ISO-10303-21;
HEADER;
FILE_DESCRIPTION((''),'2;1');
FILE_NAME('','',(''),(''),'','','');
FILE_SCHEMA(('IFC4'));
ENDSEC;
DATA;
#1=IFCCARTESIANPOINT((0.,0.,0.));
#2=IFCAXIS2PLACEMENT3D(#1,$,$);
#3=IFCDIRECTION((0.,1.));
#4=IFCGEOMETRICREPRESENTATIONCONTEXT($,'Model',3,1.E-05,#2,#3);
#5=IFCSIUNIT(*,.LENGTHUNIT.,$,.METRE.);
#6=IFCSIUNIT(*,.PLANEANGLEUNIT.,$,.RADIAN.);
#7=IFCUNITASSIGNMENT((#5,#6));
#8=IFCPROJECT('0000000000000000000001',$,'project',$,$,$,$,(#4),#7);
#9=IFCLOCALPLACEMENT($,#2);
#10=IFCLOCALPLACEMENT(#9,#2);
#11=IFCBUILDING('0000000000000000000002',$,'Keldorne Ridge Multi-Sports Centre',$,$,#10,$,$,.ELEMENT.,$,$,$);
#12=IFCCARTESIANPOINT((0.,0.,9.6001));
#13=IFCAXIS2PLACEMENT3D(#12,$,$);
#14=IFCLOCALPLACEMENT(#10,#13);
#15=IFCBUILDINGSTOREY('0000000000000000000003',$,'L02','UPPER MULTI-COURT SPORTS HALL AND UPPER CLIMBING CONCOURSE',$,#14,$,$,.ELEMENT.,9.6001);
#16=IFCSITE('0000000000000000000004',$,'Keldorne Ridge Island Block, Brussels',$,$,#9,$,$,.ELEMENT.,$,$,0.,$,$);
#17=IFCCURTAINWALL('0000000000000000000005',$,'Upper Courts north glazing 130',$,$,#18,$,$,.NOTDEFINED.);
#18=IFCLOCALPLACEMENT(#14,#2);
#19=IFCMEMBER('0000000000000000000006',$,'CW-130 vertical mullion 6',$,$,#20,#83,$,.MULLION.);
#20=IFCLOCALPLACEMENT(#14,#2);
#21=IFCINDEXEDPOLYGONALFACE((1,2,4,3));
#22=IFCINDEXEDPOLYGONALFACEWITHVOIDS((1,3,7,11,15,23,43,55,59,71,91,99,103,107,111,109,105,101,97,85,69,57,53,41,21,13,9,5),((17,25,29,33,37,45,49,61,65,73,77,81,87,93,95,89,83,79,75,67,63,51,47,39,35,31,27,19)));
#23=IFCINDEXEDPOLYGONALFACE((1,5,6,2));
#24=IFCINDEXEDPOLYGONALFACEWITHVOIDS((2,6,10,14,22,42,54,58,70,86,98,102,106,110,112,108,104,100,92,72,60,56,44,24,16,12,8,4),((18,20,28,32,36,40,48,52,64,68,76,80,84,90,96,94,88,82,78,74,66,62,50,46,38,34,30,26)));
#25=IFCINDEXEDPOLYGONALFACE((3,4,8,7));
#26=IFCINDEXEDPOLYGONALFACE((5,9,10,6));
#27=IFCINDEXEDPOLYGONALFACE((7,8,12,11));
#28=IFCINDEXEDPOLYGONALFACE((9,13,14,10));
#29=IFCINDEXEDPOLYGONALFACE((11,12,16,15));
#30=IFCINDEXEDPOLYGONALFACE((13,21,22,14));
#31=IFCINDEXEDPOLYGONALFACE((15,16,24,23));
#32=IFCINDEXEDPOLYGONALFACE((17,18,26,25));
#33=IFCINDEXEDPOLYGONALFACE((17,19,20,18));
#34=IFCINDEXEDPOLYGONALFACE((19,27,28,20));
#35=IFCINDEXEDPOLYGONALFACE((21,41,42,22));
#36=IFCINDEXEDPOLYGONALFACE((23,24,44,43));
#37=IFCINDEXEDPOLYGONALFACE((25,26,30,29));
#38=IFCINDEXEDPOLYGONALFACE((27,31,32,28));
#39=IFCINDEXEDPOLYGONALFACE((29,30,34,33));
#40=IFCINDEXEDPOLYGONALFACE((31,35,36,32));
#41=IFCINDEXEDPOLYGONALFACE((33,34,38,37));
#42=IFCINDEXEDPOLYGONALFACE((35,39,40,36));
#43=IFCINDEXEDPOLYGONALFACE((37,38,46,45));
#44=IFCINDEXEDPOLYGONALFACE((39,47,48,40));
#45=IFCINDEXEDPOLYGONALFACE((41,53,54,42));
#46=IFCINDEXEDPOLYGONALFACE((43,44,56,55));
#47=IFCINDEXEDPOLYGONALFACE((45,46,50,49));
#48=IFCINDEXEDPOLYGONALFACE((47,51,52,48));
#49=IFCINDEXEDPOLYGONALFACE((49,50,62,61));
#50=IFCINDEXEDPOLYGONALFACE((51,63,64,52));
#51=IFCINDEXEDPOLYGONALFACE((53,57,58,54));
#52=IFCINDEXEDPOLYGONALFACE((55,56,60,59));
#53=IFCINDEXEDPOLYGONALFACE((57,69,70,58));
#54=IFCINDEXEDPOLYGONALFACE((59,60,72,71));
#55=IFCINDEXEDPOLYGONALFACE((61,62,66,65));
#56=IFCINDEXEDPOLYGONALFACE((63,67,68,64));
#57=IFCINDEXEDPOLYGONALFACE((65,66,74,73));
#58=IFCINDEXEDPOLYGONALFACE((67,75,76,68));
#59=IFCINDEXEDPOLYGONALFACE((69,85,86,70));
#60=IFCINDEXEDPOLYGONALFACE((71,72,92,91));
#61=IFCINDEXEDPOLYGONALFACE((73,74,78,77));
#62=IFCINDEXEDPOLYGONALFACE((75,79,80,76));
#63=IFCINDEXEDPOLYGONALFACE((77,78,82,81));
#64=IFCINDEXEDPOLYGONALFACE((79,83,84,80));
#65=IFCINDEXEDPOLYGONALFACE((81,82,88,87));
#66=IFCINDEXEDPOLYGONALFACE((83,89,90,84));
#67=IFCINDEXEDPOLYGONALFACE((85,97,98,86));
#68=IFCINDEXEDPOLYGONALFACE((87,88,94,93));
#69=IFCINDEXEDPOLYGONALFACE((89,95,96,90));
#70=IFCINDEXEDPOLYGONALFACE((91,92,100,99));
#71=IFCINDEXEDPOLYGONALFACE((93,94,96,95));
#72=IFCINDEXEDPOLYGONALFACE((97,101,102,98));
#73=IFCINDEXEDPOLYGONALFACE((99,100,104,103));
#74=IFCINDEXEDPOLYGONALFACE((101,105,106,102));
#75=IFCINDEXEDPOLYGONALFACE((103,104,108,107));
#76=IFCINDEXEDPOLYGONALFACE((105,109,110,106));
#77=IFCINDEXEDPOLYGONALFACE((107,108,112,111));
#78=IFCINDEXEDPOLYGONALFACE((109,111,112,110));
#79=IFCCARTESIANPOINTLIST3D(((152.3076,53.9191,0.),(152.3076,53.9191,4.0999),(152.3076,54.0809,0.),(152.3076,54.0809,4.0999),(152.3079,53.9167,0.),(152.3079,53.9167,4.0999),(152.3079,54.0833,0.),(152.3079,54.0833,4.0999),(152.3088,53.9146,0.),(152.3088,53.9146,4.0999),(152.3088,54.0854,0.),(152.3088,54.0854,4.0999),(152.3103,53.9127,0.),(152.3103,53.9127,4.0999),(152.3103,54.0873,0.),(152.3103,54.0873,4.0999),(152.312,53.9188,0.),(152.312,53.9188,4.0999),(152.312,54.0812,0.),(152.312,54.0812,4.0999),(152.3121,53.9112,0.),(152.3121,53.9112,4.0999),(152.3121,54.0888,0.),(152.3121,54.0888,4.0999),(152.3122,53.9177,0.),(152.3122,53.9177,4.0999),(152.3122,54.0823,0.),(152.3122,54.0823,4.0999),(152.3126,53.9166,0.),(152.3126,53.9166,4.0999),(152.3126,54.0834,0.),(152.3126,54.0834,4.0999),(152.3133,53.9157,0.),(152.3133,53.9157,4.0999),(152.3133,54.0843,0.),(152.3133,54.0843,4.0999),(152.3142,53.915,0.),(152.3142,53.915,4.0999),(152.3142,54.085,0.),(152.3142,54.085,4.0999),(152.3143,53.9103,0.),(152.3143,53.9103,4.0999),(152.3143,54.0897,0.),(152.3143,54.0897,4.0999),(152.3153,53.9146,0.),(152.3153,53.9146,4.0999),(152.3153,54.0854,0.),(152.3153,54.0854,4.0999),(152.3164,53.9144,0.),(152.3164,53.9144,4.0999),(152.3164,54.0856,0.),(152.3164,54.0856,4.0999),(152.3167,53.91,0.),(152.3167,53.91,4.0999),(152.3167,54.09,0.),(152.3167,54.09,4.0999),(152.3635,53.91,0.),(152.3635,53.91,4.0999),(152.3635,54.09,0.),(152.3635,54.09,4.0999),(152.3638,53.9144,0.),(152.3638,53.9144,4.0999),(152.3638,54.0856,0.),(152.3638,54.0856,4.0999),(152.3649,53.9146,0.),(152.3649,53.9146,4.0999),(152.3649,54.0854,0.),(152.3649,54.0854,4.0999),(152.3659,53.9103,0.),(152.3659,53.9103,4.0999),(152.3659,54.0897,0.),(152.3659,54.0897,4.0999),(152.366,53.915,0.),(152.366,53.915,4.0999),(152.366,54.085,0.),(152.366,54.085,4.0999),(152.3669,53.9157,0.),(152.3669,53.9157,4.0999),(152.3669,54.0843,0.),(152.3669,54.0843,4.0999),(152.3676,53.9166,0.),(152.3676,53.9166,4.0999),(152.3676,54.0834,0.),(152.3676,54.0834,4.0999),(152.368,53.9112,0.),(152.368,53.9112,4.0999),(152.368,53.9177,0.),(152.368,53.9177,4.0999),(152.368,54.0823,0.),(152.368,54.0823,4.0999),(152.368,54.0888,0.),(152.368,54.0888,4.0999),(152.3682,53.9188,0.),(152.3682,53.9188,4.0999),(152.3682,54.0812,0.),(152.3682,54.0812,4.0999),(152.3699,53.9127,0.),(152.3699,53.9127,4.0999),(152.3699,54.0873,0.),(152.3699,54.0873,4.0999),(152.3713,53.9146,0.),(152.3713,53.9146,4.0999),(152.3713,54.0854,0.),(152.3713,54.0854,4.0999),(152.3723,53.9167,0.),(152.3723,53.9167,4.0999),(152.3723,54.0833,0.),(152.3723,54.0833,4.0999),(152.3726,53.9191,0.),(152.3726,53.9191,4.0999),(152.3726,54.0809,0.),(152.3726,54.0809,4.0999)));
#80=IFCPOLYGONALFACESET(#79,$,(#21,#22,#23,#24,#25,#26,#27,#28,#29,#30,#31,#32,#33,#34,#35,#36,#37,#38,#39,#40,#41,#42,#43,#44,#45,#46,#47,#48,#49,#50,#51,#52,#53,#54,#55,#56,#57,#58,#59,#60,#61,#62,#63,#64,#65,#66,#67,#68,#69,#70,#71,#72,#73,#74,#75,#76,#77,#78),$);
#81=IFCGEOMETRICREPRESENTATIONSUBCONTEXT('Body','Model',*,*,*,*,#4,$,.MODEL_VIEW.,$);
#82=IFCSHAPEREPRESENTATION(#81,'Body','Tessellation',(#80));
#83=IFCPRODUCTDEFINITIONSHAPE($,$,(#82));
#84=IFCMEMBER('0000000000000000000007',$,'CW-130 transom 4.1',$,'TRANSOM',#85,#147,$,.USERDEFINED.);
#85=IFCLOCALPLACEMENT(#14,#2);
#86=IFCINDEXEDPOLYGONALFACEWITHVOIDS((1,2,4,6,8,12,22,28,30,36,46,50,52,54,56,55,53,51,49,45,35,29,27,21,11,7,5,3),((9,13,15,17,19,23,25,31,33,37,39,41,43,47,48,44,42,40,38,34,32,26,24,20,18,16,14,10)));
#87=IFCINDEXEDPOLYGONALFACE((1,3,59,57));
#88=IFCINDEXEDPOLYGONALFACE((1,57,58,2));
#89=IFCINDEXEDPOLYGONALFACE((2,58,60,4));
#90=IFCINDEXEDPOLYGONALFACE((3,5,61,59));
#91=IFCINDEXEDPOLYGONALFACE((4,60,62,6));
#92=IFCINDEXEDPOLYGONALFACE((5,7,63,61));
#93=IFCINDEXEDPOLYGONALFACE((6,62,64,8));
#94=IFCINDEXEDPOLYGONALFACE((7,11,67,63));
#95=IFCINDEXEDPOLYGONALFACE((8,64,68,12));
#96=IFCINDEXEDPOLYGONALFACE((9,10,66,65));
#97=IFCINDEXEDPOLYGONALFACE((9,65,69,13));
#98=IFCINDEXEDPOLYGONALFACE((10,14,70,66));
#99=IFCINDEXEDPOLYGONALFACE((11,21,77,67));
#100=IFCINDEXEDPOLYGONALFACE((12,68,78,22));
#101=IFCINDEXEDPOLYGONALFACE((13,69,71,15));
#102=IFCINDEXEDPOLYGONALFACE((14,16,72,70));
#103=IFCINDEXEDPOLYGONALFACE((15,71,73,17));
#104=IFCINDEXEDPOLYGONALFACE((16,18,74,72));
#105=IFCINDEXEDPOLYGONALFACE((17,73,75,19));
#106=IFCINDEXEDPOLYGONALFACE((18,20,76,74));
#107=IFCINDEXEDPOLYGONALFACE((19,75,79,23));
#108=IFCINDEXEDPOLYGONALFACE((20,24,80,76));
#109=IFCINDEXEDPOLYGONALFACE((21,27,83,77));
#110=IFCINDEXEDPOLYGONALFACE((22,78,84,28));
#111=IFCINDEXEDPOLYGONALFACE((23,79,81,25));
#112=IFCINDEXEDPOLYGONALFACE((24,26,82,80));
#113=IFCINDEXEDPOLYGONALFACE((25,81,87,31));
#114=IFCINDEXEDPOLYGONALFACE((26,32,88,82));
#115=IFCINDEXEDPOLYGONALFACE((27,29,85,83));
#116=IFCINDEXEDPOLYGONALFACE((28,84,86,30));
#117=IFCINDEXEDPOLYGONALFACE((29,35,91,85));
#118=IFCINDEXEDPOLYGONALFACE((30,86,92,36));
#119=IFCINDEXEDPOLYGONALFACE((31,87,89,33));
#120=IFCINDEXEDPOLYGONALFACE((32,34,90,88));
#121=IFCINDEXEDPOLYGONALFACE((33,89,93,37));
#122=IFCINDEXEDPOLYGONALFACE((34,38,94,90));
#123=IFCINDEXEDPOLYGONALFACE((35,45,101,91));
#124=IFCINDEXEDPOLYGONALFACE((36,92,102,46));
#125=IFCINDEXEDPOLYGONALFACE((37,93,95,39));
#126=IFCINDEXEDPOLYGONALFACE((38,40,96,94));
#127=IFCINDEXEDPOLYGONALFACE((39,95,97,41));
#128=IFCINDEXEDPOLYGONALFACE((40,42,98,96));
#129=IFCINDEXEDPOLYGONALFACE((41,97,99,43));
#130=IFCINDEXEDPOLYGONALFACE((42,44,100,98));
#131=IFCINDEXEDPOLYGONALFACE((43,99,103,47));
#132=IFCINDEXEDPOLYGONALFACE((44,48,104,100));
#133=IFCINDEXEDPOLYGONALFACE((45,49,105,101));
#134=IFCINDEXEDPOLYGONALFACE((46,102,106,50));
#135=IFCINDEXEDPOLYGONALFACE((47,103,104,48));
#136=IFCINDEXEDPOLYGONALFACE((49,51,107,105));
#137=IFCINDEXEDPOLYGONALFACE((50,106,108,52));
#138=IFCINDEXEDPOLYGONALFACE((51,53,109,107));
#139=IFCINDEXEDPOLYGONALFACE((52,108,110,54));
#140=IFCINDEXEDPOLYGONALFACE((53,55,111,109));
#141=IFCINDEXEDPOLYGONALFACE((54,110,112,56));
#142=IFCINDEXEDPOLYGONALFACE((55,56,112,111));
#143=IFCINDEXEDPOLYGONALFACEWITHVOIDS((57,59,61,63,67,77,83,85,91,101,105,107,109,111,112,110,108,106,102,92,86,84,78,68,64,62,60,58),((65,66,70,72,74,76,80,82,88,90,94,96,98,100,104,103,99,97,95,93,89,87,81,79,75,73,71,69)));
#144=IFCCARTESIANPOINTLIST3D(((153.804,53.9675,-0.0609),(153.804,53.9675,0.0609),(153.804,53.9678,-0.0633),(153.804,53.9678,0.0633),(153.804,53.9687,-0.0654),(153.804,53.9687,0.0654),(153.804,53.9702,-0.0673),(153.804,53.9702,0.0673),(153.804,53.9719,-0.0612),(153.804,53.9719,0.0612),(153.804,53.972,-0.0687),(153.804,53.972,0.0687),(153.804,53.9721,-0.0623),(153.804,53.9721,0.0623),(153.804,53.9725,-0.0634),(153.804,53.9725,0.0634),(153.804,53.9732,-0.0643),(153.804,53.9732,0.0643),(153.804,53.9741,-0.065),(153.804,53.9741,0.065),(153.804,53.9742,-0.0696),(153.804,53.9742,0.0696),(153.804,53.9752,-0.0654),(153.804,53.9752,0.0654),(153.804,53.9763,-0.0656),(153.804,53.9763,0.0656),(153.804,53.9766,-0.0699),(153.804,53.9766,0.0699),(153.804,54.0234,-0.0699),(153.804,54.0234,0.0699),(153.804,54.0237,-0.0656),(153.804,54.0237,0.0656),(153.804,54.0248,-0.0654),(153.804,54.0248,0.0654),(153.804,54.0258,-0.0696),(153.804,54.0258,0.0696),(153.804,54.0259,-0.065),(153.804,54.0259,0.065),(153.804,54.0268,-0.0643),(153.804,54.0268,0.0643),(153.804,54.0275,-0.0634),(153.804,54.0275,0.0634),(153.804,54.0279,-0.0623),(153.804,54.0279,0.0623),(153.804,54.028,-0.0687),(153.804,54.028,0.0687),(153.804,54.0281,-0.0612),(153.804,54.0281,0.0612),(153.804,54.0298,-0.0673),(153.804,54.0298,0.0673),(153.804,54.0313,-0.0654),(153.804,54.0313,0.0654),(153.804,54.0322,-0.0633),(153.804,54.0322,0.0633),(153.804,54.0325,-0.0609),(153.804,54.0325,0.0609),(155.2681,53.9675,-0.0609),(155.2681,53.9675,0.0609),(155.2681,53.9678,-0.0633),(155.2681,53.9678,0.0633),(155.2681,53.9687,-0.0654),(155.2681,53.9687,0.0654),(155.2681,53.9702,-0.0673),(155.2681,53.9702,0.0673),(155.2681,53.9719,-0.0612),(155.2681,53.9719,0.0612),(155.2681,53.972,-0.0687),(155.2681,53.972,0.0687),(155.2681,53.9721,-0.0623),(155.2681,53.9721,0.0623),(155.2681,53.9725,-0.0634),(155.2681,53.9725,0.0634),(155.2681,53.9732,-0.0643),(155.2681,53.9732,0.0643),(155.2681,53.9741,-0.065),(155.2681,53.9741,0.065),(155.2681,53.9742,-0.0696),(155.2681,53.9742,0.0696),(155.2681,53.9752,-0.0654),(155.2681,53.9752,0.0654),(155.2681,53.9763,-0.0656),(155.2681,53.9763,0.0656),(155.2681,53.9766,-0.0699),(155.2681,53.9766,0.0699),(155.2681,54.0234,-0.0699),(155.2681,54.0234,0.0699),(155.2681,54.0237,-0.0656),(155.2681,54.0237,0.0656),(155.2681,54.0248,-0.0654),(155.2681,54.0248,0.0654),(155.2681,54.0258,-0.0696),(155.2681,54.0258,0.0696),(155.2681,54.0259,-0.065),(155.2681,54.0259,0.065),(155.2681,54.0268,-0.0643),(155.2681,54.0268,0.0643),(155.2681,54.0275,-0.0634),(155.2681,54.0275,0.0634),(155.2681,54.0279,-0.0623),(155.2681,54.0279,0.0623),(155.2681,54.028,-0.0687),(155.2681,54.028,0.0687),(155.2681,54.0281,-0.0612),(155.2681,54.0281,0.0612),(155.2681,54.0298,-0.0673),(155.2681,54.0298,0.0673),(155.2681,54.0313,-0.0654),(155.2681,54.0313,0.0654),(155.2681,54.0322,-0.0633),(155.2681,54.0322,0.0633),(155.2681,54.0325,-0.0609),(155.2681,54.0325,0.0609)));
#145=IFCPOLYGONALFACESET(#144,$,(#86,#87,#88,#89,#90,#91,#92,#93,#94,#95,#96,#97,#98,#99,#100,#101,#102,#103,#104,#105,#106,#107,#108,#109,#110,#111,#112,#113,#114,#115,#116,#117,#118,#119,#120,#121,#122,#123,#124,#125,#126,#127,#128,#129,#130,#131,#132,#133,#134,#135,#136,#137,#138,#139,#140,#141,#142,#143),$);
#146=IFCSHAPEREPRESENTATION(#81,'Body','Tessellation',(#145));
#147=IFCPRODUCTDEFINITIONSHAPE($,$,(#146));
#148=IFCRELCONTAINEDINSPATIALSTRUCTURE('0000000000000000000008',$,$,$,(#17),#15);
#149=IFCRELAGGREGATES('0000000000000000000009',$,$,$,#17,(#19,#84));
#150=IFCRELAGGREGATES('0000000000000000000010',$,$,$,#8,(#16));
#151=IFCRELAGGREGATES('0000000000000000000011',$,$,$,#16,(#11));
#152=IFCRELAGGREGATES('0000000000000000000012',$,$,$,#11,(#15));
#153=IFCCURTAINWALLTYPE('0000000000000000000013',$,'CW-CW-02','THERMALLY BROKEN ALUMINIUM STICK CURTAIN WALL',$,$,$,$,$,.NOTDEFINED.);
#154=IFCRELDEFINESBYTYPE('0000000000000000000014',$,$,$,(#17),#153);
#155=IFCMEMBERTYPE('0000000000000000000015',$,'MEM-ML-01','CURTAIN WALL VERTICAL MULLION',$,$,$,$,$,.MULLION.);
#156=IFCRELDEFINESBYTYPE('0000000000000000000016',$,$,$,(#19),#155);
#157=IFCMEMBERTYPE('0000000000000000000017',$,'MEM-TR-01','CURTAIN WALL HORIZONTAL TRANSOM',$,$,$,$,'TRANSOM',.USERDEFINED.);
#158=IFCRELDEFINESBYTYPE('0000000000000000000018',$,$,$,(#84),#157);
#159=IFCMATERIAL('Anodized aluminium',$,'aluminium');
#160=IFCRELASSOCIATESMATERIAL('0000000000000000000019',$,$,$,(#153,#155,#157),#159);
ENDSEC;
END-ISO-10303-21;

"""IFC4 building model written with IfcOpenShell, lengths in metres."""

from ifc_helpers import new_model, si_unit, direction, frame, origin, origin_2d, place, context, subcontext, project, spatial, hollow_rectangle, extrude, material, material_profile, profile_set, type_object, element, aggregate, save


model = new_model("IFC4")

# Units and contexts
model_context = context("Model", 3, precision=1e-05, world=origin(), true_north=direction((0.0, 1.0)))
body_context = subcontext(model_context, "Body", "Model", "MODEL_VIEW")
ifc_project = project(units=[si_unit("LENGTHUNIT", "METRE"), si_unit("PLANEANGLEUNIT", "RADIAN")], contexts=[model_context])

# Site, building, storey
site_placement = place(None, origin())
site = spatial("IfcSite", under=ifc_project, at=site_placement, Name="Keldorne Ridge Island Block, Brussels", CompositionType="ELEMENT", RefElevation=0.0)
building_placement = place(site_placement, origin())
building = spatial("IfcBuilding", under=site, at=building_placement, Name="Keldorne Ridge Multi-Sports Centre", CompositionType="ELEMENT")
storey_placement = place(building_placement, frame((0.0, 0.0, 9.6001)))
storey = spatial("IfcBuildingStorey", under=building, at=storey_placement, Name="L02", Description="UPPER MULTI-COURT SPORTS HALL AND UPPER CLIMBING CONCOURSE", CompositionType="ELEMENT", Elevation=9.6001)

# Curtain wall, members
ifc_material_1 = material(Name="Anodized aluminium", Category="aluminium")
curtain_wall_type = type_object("IfcCurtainWallType", Name="CW-CW-02", Description="THERMALLY BROKEN ALUMINIUM STICK CURTAIN WALL", PredefinedType="NOTDEFINED", material=ifc_material_1)
curtain_wall_placement = place(storey_placement, origin())
curtain_wall = element("IfcCurtainWall", 1, at=curtain_wall_placement, inside=storey, type_object=curtain_wall_type, Name="Upper Courts north glazing 130", PredefinedType="NOTDEFINED")
ifc_material_profile_1 = material_profile(ifc_material_1, hollow_rectangle(XDim=0.0649, YDim=0.1799, WallThickness=0.0044, InnerFilletRadius=0.0044, OuterFilletRadius=0.009, at=origin_2d()), Name="ALU MULLION 180x65x4.5")
ifc_profile_set_1 = profile_set([ifc_material_profile_1], Name="Anodized aluminium")
member_type_1 = type_object("IfcMemberType", Name="MEM-ML-01", Description="CURTAIN WALL VERTICAL MULLION", PredefinedType="MULLION", material=ifc_profile_set_1)
member_1_placement = place(storey_placement, frame((152.3401, 54.0, 0.0), z_axis=(0.0, 0.0, 1.0), x_axis=(1.0, 0.0, 0.0)))
member_1 = element("IfcMember", 2, at=member_1_placement, type_object=member_type_1, Name="CW-130 vertical mullion 6", PredefinedType="MULLION", context=body_context, shape_type="SweptSolid", body=[
    extrude(hollow_rectangle(XDim=0.0649, YDim=0.1799, WallThickness=0.0044, InnerFilletRadius=0.0044, OuterFilletRadius=0.009, at=origin_2d()), origin(), (0.0, 0.0, 1.0), 4.0999),
])
ifc_material_profile_2 = material_profile(ifc_material_1, hollow_rectangle(XDim=0.0649, YDim=0.1399, WallThickness=0.0044, InnerFilletRadius=0.0044, OuterFilletRadius=0.009, at=origin_2d()), Name="ALU TRANSOM 140x65x4.5")
ifc_profile_set_2 = profile_set([ifc_material_profile_2], Name="Anodized aluminium")
member_type_2 = type_object("IfcMemberType", Name="MEM-TR-01", Description="CURTAIN WALL HORIZONTAL TRANSOM", ElementType="TRANSOM", PredefinedType="USERDEFINED", material=ifc_profile_set_2)
member_2_placement = place(storey_placement, frame((155.2681, 54.0, 0.0), z_axis=(-1.0, 0.0, 0.0), x_axis=(0.0, -1.0, 0.0)))
member_2 = element("IfcMember", 3, at=member_2_placement, type_object=member_type_2, Name="CW-130 transom 4.1", ObjectType="TRANSOM", PredefinedType="USERDEFINED", context=body_context, shape_type="SweptSolid", body=[
    extrude(hollow_rectangle(XDim=0.0649, YDim=0.1399, WallThickness=0.0044, InnerFilletRadius=0.0044, OuterFilletRadius=0.009, at=origin_2d()), origin(), (0.0, 0.0, 1.0), 1.4641),
])
aggregate(curtain_wall, [member_1, member_2])

save(model, "model.ifc")
